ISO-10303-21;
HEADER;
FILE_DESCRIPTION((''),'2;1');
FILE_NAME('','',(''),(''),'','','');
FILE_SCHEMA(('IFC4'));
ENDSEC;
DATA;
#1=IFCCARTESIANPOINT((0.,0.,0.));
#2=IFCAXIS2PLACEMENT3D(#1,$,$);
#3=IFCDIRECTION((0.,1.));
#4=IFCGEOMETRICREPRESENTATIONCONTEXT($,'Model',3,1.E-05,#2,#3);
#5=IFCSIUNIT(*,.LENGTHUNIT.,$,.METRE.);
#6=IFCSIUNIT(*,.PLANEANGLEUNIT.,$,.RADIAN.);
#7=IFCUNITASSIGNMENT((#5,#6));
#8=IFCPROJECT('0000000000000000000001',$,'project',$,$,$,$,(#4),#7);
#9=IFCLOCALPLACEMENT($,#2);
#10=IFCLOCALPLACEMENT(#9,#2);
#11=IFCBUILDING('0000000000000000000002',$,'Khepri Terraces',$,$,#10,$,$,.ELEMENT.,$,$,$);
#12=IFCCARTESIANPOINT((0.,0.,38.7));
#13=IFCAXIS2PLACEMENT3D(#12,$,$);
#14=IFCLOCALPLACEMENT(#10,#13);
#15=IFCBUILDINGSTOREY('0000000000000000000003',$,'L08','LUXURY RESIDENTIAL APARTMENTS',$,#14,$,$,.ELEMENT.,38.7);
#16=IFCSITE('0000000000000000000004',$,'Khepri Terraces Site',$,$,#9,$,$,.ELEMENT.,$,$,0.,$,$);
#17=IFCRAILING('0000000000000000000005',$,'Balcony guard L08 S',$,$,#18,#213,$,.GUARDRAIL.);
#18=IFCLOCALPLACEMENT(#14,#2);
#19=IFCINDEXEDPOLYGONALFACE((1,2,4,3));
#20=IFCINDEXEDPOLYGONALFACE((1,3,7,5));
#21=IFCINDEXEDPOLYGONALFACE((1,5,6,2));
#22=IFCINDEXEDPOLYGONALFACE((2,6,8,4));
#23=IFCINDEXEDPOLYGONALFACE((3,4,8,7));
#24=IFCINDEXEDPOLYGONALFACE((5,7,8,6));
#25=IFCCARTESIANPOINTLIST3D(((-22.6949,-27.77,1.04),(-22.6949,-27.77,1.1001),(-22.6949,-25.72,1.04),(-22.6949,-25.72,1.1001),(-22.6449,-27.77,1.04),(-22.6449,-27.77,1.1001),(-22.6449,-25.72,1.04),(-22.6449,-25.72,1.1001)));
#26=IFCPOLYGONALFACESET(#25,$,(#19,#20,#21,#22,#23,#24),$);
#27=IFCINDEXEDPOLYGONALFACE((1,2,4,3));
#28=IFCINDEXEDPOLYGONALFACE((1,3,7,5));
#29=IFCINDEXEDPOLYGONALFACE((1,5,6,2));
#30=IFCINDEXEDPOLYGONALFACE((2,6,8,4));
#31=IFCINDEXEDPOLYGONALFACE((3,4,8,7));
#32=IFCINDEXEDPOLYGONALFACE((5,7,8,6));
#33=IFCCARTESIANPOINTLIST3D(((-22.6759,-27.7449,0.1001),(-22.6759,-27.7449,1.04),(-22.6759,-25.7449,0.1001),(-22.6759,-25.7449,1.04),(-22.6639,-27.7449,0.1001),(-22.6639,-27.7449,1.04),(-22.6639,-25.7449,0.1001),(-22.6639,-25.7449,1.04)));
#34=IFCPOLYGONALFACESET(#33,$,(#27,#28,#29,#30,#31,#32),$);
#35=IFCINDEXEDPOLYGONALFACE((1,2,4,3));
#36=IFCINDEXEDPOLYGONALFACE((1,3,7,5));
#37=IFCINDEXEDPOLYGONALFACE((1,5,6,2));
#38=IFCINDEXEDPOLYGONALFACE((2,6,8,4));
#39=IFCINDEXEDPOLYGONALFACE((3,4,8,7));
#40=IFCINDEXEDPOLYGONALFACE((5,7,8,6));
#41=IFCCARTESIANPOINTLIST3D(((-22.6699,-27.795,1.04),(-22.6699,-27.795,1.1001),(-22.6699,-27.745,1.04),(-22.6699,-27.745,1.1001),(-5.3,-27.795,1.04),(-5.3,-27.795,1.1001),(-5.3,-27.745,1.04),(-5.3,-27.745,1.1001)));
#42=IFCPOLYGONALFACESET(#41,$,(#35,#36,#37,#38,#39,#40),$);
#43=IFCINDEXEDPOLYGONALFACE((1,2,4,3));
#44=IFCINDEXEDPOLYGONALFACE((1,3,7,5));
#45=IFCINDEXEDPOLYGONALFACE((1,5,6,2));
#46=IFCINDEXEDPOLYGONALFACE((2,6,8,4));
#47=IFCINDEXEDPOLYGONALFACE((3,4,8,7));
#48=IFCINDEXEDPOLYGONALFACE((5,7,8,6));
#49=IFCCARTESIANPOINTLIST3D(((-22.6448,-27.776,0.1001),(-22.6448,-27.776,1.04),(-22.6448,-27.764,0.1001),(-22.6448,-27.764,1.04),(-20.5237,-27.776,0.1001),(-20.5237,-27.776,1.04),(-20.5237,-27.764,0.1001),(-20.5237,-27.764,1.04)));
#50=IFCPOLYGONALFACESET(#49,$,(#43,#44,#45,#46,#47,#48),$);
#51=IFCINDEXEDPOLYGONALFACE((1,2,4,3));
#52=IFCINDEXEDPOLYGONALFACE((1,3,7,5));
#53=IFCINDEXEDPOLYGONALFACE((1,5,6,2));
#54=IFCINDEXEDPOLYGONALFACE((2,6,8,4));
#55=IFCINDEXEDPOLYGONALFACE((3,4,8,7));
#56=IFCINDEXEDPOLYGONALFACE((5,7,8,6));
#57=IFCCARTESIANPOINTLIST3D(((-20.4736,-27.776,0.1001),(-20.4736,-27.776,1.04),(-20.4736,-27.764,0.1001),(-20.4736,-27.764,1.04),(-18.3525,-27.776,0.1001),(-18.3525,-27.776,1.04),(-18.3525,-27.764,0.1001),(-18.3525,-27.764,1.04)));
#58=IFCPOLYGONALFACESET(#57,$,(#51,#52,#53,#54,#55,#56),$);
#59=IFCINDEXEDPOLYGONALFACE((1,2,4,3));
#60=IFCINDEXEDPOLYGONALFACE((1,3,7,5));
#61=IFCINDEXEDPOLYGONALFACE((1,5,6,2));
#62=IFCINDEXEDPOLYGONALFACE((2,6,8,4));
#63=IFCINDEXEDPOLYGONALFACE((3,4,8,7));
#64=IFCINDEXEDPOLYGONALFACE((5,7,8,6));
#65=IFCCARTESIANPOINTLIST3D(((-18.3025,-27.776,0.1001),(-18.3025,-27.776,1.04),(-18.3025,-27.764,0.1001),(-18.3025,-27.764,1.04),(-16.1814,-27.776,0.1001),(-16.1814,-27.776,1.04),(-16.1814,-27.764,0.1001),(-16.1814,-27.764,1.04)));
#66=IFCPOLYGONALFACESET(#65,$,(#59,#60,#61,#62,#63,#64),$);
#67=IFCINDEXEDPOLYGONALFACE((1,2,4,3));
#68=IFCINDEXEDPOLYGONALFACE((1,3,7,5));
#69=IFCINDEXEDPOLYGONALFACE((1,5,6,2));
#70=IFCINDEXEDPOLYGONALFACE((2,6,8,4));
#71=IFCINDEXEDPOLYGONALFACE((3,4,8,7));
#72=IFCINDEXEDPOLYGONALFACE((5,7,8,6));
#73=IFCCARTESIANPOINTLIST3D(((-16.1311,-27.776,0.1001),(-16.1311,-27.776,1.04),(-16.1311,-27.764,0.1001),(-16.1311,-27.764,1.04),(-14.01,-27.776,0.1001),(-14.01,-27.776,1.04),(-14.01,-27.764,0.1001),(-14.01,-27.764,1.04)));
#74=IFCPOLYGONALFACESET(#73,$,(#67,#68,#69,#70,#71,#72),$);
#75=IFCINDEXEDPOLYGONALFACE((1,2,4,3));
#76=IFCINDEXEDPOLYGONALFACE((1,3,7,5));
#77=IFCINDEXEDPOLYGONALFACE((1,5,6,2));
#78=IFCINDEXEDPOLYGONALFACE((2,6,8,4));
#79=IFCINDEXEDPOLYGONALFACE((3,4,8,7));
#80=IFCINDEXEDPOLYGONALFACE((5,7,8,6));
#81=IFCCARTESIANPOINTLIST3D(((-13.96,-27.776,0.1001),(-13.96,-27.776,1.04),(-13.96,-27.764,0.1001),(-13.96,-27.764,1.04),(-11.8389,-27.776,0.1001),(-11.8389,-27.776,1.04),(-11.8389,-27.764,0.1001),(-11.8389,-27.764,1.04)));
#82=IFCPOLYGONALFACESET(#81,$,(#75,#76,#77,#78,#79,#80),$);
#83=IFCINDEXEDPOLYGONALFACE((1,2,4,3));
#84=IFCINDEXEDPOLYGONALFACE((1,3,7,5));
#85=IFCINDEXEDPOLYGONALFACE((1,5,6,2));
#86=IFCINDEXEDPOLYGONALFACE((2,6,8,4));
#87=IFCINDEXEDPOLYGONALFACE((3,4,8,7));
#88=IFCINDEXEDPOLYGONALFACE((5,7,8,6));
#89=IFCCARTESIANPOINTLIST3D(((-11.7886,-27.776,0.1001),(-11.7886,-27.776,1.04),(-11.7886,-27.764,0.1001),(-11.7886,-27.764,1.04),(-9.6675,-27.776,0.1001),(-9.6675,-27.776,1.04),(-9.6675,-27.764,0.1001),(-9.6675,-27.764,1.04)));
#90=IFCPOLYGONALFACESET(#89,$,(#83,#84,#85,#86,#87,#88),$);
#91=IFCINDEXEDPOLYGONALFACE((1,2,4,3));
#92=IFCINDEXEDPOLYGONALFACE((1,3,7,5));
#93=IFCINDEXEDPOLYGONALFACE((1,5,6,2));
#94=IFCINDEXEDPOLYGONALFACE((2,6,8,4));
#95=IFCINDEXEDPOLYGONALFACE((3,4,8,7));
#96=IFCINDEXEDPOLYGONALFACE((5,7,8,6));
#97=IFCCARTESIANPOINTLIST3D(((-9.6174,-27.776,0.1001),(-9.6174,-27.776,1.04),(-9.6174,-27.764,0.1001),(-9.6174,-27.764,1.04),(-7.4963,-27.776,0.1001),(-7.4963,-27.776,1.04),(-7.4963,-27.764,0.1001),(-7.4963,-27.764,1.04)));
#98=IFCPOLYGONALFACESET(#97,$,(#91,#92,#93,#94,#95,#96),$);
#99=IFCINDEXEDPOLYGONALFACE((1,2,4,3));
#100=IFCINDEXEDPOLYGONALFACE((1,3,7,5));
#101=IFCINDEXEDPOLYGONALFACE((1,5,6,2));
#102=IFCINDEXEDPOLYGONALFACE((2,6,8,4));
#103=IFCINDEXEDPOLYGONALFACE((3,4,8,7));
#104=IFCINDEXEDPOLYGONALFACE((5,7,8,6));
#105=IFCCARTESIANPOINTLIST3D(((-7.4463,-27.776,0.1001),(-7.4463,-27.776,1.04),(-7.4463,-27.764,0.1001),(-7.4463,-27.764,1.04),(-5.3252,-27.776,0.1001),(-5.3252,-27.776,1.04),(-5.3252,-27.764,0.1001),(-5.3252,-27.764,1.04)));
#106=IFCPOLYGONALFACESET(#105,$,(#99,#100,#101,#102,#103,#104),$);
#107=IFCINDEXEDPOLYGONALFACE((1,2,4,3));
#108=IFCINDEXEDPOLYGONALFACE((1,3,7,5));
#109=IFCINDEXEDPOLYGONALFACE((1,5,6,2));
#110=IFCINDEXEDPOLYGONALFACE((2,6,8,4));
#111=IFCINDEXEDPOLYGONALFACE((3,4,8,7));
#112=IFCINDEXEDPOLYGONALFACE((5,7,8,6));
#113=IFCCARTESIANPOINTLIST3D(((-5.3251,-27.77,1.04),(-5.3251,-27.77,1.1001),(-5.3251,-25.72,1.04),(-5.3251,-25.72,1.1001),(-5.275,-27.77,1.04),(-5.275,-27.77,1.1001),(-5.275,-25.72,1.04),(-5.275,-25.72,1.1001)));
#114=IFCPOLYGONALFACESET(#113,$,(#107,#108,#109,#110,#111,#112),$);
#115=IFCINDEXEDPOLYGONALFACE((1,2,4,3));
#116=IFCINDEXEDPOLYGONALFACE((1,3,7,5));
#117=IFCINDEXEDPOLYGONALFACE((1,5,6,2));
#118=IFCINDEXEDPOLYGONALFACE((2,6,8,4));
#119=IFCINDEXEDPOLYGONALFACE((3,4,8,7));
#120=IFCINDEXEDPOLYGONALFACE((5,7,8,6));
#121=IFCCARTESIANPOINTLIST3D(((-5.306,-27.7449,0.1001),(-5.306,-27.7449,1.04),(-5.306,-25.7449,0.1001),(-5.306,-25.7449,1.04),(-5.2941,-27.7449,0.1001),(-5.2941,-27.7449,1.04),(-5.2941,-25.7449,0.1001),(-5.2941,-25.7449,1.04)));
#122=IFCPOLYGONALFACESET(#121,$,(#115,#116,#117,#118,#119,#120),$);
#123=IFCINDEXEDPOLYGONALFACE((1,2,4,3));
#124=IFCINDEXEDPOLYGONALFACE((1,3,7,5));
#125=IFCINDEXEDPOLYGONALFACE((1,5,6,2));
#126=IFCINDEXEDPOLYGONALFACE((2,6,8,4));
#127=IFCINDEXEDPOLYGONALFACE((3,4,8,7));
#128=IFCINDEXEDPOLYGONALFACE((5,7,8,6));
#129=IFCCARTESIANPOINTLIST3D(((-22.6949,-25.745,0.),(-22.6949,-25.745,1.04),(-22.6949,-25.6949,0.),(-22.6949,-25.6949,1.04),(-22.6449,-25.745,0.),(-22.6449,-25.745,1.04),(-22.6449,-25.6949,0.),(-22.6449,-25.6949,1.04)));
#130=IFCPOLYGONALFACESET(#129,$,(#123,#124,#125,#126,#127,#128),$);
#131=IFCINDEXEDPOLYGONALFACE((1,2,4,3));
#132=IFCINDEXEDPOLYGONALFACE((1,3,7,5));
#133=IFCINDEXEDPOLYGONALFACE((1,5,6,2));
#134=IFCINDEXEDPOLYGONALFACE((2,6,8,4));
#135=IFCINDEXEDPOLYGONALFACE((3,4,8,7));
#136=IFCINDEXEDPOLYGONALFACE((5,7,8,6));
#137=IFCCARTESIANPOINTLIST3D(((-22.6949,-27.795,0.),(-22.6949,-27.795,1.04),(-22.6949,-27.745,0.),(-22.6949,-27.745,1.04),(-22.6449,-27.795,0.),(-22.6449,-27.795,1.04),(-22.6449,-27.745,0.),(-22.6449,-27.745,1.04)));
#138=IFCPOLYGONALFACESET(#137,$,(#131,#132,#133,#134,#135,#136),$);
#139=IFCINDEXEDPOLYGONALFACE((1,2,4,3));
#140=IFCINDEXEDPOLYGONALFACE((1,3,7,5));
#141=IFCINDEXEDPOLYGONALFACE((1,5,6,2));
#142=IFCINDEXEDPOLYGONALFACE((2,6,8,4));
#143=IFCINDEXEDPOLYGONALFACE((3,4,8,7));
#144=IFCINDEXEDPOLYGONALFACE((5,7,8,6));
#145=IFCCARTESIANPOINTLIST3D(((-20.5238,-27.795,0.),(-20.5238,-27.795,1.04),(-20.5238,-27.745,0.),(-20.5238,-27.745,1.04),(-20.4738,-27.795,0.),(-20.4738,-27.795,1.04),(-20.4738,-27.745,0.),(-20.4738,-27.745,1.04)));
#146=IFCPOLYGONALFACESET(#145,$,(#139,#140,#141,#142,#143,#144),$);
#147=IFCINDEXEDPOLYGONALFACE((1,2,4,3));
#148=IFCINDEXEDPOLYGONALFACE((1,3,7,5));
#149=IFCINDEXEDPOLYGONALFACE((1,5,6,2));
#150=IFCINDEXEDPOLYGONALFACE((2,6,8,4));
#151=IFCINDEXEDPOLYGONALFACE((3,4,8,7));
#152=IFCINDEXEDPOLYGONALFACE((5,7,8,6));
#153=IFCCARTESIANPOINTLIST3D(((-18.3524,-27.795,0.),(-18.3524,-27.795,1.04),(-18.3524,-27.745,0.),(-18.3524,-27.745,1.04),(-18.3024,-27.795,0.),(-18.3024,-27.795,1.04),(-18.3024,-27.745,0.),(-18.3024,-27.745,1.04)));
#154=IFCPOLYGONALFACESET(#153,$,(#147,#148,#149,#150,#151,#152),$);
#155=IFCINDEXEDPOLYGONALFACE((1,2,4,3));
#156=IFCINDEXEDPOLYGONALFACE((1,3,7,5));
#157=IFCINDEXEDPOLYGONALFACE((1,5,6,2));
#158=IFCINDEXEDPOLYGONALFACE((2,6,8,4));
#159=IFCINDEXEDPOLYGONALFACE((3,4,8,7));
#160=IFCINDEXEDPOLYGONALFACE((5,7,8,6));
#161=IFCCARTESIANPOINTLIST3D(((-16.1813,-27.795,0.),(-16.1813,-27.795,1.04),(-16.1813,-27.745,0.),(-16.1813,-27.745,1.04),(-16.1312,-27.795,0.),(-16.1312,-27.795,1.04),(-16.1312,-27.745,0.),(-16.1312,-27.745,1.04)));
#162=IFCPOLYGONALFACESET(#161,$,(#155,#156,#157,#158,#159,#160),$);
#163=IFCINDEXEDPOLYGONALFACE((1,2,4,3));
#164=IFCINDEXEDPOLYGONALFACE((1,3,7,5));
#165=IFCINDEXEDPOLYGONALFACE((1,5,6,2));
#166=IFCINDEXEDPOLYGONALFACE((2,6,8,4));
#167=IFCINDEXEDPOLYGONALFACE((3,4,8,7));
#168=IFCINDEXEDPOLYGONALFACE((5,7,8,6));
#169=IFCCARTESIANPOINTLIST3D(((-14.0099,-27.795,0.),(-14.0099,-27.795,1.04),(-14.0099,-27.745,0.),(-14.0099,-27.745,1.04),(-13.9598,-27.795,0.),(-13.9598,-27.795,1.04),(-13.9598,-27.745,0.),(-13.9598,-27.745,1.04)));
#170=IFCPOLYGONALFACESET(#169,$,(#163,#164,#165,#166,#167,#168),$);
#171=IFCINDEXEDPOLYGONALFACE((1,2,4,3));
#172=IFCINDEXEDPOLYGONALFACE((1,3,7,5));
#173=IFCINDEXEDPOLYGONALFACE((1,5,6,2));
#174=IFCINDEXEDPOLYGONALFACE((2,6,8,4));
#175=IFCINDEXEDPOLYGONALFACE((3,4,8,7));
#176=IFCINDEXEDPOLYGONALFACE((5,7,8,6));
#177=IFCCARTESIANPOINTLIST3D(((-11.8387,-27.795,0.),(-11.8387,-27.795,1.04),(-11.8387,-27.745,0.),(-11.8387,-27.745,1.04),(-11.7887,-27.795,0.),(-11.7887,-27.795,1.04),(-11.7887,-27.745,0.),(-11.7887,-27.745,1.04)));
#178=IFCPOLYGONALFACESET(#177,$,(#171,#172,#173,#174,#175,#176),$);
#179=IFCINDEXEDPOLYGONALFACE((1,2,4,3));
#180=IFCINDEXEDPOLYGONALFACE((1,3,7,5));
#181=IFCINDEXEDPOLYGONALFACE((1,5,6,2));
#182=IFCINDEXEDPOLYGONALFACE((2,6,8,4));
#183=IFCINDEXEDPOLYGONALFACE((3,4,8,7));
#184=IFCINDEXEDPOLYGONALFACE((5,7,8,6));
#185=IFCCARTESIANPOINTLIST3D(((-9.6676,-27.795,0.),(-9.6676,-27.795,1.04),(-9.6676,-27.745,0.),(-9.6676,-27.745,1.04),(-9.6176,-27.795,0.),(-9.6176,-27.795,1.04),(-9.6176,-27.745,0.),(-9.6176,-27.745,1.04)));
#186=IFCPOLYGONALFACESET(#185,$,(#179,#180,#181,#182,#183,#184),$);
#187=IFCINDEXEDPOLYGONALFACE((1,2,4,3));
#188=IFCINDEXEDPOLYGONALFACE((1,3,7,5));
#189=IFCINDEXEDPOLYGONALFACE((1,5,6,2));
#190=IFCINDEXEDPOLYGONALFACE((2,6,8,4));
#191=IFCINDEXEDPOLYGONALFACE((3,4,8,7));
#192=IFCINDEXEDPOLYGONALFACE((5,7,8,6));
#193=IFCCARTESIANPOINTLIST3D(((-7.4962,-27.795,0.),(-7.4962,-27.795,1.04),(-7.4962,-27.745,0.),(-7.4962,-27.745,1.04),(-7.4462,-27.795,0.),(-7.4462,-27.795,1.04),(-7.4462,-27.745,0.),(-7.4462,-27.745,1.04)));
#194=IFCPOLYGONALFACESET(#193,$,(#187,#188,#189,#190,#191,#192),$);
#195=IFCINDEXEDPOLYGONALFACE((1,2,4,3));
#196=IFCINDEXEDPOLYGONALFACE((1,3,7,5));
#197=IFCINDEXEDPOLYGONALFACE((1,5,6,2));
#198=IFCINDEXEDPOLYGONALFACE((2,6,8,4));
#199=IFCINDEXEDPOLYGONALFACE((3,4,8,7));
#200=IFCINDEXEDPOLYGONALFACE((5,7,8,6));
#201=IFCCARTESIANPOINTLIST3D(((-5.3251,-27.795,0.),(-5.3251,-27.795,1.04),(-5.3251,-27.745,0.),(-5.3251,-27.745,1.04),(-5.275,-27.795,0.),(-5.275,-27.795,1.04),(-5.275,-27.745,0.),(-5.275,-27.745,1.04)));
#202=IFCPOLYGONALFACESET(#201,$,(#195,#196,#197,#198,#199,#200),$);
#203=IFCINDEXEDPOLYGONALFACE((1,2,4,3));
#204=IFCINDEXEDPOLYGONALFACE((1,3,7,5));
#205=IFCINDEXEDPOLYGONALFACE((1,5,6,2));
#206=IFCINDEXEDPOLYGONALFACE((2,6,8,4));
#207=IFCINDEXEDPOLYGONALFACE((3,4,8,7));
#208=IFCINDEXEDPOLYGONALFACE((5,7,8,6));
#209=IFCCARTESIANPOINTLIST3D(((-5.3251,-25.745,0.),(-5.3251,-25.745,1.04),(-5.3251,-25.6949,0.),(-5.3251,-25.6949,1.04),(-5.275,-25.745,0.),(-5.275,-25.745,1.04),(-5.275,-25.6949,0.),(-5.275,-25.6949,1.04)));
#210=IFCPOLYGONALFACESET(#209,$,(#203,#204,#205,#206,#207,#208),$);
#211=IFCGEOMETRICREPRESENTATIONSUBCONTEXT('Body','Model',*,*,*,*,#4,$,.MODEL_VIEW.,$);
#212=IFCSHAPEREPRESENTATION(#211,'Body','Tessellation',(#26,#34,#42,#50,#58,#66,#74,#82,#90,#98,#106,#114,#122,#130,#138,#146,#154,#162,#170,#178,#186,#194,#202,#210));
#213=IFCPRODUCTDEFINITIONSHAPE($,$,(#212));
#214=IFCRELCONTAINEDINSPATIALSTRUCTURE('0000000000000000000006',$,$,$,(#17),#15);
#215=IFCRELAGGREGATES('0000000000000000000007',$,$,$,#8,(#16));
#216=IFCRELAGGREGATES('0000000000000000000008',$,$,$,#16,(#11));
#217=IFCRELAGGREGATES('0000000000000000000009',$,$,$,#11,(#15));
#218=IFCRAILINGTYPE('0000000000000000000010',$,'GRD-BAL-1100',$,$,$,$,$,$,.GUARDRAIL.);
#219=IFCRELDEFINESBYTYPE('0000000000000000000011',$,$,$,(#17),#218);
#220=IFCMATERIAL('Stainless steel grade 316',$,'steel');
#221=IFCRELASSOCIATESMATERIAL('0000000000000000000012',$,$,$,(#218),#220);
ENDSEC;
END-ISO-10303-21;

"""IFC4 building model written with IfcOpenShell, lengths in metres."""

from ifc_helpers import new_model, si_unit, direction, frame, origin, origin_2d, place, context, subcontext, project, spatial, rectangle, extrude, material, type_object, element, save


model = new_model("IFC4")

# Units and contexts
model_context = context("Model", 3, precision=1e-05, world=origin(), true_north=direction((0.0, 1.0)))
body_context = subcontext(model_context, "Body", "Model", "MODEL_VIEW")
ifc_project = project(units=[si_unit("LENGTHUNIT", "METRE"), si_unit("PLANEANGLEUNIT", "RADIAN")], contexts=[model_context])

# Site, building, storey
site_placement = place(None, origin())
site = spatial("IfcSite", under=ifc_project, at=site_placement, Name="Khepri Terraces Site", CompositionType="ELEMENT", RefElevation=0.0)
building_placement = place(site_placement, origin())
building = spatial("IfcBuilding", under=site, at=building_placement, Name="Khepri Terraces", CompositionType="ELEMENT")
storey_placement = place(building_placement, frame((0.0, 0.0, 38.7)))
storey = spatial("IfcBuildingStorey", under=building, at=storey_placement, Name="L08", Description="LUXURY RESIDENTIAL APARTMENTS", CompositionType="ELEMENT", Elevation=38.7)

# Railing
ifc_material_1 = material(Name="Stainless steel grade 316", Category="steel")
railing_type = type_object("IfcRailingType", Name="GRD-BAL-1100", PredefinedType="GUARDRAIL", material=ifc_material_1)
railing_placement = place(storey_placement, frame((-22.6699, -25.72, 0.0)))
element("IfcRailing", 1, at=railing_placement, inside=storey, type_object=railing_type, Name="Balcony guard L08 S", PredefinedType="GUARDRAIL", context=body_context, shape_type="SweptSolid", body=[
    extrude(rectangle(XDim=0.05, YDim=0.0601, at=origin_2d()), frame((0.0, 0.0, 1.0701), z_axis=(0.0, -1.0, 0.0), x_axis=(1.0, 0.0, 0.0)), (0.0, 0.0, 1.0), 2.05),
    extrude(rectangle(XDim=2.0, YDim=0.012, at=origin_2d()), frame((0.0, -1.0249, 0.1001), z_axis=(0.0, 0.0, 1.0), x_axis=(0.0, -1.0, 0.0)), (0.0, 0.0, 1.0), 0.9399),
    extrude(rectangle(XDim=0.05, YDim=0.0601, at=origin_2d()), frame((0.0, -2.05, 1.0701), z_axis=(1.0, 0.0, 0.0), x_axis=(0.0, 1.0, 0.0)), (0.0, 0.0, 1.0), 17.3699),
    extrude(rectangle(XDim=2.1211, YDim=0.012, at=origin_2d()), frame((1.0857, -2.05, 0.1001), z_axis=(0.0, 0.0, 1.0), x_axis=(1.0, 0.0, 0.0)), (0.0, 0.0, 1.0), 0.9399),
    extrude(rectangle(XDim=2.1211, YDim=0.012, at=origin_2d()), frame((3.2568, -2.05, 0.1001), z_axis=(0.0, 0.0, 1.0), x_axis=(1.0, 0.0, 0.0)), (0.0, 0.0, 1.0), 0.9399),
    extrude(rectangle(XDim=2.1211, YDim=0.012, at=origin_2d()), frame((5.428, -2.05, 0.1001), z_axis=(0.0, 0.0, 1.0), x_axis=(1.0, 0.0, 0.0)), (0.0, 0.0, 1.0), 0.9399),
    extrude(rectangle(XDim=2.1211, YDim=0.012, at=origin_2d()), frame((7.5994, -2.05, 0.1001), z_axis=(0.0, 0.0, 1.0), x_axis=(1.0, 0.0, 0.0)), (0.0, 0.0, 1.0), 0.9399),
    extrude(rectangle(XDim=2.1211, YDim=0.012, at=origin_2d()), frame((9.7705, -2.05, 0.1001), z_axis=(0.0, 0.0, 1.0), x_axis=(1.0, 0.0, 0.0)), (0.0, 0.0, 1.0), 0.9399),
    extrude(rectangle(XDim=2.1211, YDim=0.012, at=origin_2d()), frame((11.9419, -2.05, 0.1001), z_axis=(0.0, 0.0, 1.0), x_axis=(1.0, 0.0, 0.0)), (0.0, 0.0, 1.0), 0.9399),
    extrude(rectangle(XDim=2.1211, YDim=0.012, at=origin_2d()), frame((14.113, -2.05, 0.1001), z_axis=(0.0, 0.0, 1.0), x_axis=(1.0, 0.0, 0.0)), (0.0, 0.0, 1.0), 0.9399),
    extrude(rectangle(XDim=2.1211, YDim=0.012, at=origin_2d()), frame((16.2842, -2.05, 0.1001), z_axis=(0.0, 0.0, 1.0), x_axis=(1.0, 0.0, 0.0)), (0.0, 0.0, 1.0), 0.9399),
    extrude(rectangle(XDim=0.05, YDim=0.0601, at=origin_2d()), frame((17.3699, -2.05, 1.0701), z_axis=(0.0, 1.0, 0.0), x_axis=(-1.0, 0.0, 0.0)), (0.0, 0.0, 1.0), 2.05),
    extrude(rectangle(XDim=2.0, YDim=0.012, at=origin_2d()), frame((17.3699, -1.0249, 0.1001), z_axis=(0.0, 0.0, 1.0), x_axis=(0.0, 1.0, 0.0)), (0.0, 0.0, 1.0), 0.9399),
    extrude(rectangle(XDim=0.05, YDim=0.05, at=origin_2d()), origin(), (0.0, 0.0, 1.0), 1.04),
    extrude(rectangle(XDim=0.05, YDim=0.05, at=origin_2d()), frame((0.0, -2.05, 0.0)), (0.0, 0.0, 1.0), 1.04),
    extrude(rectangle(XDim=0.05, YDim=0.05, at=origin_2d()), frame((2.1711, -2.05, 0.0)), (0.0, 0.0, 1.0), 1.04),
    extrude(rectangle(XDim=0.05, YDim=0.05, at=origin_2d()), frame((4.3425, -2.05, 0.0)), (0.0, 0.0, 1.0), 1.04),
    extrude(rectangle(XDim=0.05, YDim=0.05, at=origin_2d()), frame((6.5137, -2.05, 0.0)), (0.0, 0.0, 1.0), 1.04),
    extrude(rectangle(XDim=0.05, YDim=0.05, at=origin_2d()), frame((8.6851, -2.05, 0.0)), (0.0, 0.0, 1.0), 1.04),
    extrude(rectangle(XDim=0.05, YDim=0.05, at=origin_2d()), frame((10.8562, -2.05, 0.0)), (0.0, 0.0, 1.0), 1.04),
    extrude(rectangle(XDim=0.05, YDim=0.05, at=origin_2d()), frame((13.0273, -2.05, 0.0)), (0.0, 0.0, 1.0), 1.04),
    extrude(rectangle(XDim=0.05, YDim=0.05, at=origin_2d()), frame((15.1987, -2.05, 0.0)), (0.0, 0.0, 1.0), 1.04),
    extrude(rectangle(XDim=0.05, YDim=0.05, at=origin_2d()), frame((17.3699, -2.05, 0.0)), (0.0, 0.0, 1.0), 1.04),
    extrude(rectangle(XDim=0.05, YDim=0.05, at=origin_2d()), frame((17.3699, 0.0, 0.0)), (0.0, 0.0, 1.0), 1.04),
])

save(model, "model.ifc")
